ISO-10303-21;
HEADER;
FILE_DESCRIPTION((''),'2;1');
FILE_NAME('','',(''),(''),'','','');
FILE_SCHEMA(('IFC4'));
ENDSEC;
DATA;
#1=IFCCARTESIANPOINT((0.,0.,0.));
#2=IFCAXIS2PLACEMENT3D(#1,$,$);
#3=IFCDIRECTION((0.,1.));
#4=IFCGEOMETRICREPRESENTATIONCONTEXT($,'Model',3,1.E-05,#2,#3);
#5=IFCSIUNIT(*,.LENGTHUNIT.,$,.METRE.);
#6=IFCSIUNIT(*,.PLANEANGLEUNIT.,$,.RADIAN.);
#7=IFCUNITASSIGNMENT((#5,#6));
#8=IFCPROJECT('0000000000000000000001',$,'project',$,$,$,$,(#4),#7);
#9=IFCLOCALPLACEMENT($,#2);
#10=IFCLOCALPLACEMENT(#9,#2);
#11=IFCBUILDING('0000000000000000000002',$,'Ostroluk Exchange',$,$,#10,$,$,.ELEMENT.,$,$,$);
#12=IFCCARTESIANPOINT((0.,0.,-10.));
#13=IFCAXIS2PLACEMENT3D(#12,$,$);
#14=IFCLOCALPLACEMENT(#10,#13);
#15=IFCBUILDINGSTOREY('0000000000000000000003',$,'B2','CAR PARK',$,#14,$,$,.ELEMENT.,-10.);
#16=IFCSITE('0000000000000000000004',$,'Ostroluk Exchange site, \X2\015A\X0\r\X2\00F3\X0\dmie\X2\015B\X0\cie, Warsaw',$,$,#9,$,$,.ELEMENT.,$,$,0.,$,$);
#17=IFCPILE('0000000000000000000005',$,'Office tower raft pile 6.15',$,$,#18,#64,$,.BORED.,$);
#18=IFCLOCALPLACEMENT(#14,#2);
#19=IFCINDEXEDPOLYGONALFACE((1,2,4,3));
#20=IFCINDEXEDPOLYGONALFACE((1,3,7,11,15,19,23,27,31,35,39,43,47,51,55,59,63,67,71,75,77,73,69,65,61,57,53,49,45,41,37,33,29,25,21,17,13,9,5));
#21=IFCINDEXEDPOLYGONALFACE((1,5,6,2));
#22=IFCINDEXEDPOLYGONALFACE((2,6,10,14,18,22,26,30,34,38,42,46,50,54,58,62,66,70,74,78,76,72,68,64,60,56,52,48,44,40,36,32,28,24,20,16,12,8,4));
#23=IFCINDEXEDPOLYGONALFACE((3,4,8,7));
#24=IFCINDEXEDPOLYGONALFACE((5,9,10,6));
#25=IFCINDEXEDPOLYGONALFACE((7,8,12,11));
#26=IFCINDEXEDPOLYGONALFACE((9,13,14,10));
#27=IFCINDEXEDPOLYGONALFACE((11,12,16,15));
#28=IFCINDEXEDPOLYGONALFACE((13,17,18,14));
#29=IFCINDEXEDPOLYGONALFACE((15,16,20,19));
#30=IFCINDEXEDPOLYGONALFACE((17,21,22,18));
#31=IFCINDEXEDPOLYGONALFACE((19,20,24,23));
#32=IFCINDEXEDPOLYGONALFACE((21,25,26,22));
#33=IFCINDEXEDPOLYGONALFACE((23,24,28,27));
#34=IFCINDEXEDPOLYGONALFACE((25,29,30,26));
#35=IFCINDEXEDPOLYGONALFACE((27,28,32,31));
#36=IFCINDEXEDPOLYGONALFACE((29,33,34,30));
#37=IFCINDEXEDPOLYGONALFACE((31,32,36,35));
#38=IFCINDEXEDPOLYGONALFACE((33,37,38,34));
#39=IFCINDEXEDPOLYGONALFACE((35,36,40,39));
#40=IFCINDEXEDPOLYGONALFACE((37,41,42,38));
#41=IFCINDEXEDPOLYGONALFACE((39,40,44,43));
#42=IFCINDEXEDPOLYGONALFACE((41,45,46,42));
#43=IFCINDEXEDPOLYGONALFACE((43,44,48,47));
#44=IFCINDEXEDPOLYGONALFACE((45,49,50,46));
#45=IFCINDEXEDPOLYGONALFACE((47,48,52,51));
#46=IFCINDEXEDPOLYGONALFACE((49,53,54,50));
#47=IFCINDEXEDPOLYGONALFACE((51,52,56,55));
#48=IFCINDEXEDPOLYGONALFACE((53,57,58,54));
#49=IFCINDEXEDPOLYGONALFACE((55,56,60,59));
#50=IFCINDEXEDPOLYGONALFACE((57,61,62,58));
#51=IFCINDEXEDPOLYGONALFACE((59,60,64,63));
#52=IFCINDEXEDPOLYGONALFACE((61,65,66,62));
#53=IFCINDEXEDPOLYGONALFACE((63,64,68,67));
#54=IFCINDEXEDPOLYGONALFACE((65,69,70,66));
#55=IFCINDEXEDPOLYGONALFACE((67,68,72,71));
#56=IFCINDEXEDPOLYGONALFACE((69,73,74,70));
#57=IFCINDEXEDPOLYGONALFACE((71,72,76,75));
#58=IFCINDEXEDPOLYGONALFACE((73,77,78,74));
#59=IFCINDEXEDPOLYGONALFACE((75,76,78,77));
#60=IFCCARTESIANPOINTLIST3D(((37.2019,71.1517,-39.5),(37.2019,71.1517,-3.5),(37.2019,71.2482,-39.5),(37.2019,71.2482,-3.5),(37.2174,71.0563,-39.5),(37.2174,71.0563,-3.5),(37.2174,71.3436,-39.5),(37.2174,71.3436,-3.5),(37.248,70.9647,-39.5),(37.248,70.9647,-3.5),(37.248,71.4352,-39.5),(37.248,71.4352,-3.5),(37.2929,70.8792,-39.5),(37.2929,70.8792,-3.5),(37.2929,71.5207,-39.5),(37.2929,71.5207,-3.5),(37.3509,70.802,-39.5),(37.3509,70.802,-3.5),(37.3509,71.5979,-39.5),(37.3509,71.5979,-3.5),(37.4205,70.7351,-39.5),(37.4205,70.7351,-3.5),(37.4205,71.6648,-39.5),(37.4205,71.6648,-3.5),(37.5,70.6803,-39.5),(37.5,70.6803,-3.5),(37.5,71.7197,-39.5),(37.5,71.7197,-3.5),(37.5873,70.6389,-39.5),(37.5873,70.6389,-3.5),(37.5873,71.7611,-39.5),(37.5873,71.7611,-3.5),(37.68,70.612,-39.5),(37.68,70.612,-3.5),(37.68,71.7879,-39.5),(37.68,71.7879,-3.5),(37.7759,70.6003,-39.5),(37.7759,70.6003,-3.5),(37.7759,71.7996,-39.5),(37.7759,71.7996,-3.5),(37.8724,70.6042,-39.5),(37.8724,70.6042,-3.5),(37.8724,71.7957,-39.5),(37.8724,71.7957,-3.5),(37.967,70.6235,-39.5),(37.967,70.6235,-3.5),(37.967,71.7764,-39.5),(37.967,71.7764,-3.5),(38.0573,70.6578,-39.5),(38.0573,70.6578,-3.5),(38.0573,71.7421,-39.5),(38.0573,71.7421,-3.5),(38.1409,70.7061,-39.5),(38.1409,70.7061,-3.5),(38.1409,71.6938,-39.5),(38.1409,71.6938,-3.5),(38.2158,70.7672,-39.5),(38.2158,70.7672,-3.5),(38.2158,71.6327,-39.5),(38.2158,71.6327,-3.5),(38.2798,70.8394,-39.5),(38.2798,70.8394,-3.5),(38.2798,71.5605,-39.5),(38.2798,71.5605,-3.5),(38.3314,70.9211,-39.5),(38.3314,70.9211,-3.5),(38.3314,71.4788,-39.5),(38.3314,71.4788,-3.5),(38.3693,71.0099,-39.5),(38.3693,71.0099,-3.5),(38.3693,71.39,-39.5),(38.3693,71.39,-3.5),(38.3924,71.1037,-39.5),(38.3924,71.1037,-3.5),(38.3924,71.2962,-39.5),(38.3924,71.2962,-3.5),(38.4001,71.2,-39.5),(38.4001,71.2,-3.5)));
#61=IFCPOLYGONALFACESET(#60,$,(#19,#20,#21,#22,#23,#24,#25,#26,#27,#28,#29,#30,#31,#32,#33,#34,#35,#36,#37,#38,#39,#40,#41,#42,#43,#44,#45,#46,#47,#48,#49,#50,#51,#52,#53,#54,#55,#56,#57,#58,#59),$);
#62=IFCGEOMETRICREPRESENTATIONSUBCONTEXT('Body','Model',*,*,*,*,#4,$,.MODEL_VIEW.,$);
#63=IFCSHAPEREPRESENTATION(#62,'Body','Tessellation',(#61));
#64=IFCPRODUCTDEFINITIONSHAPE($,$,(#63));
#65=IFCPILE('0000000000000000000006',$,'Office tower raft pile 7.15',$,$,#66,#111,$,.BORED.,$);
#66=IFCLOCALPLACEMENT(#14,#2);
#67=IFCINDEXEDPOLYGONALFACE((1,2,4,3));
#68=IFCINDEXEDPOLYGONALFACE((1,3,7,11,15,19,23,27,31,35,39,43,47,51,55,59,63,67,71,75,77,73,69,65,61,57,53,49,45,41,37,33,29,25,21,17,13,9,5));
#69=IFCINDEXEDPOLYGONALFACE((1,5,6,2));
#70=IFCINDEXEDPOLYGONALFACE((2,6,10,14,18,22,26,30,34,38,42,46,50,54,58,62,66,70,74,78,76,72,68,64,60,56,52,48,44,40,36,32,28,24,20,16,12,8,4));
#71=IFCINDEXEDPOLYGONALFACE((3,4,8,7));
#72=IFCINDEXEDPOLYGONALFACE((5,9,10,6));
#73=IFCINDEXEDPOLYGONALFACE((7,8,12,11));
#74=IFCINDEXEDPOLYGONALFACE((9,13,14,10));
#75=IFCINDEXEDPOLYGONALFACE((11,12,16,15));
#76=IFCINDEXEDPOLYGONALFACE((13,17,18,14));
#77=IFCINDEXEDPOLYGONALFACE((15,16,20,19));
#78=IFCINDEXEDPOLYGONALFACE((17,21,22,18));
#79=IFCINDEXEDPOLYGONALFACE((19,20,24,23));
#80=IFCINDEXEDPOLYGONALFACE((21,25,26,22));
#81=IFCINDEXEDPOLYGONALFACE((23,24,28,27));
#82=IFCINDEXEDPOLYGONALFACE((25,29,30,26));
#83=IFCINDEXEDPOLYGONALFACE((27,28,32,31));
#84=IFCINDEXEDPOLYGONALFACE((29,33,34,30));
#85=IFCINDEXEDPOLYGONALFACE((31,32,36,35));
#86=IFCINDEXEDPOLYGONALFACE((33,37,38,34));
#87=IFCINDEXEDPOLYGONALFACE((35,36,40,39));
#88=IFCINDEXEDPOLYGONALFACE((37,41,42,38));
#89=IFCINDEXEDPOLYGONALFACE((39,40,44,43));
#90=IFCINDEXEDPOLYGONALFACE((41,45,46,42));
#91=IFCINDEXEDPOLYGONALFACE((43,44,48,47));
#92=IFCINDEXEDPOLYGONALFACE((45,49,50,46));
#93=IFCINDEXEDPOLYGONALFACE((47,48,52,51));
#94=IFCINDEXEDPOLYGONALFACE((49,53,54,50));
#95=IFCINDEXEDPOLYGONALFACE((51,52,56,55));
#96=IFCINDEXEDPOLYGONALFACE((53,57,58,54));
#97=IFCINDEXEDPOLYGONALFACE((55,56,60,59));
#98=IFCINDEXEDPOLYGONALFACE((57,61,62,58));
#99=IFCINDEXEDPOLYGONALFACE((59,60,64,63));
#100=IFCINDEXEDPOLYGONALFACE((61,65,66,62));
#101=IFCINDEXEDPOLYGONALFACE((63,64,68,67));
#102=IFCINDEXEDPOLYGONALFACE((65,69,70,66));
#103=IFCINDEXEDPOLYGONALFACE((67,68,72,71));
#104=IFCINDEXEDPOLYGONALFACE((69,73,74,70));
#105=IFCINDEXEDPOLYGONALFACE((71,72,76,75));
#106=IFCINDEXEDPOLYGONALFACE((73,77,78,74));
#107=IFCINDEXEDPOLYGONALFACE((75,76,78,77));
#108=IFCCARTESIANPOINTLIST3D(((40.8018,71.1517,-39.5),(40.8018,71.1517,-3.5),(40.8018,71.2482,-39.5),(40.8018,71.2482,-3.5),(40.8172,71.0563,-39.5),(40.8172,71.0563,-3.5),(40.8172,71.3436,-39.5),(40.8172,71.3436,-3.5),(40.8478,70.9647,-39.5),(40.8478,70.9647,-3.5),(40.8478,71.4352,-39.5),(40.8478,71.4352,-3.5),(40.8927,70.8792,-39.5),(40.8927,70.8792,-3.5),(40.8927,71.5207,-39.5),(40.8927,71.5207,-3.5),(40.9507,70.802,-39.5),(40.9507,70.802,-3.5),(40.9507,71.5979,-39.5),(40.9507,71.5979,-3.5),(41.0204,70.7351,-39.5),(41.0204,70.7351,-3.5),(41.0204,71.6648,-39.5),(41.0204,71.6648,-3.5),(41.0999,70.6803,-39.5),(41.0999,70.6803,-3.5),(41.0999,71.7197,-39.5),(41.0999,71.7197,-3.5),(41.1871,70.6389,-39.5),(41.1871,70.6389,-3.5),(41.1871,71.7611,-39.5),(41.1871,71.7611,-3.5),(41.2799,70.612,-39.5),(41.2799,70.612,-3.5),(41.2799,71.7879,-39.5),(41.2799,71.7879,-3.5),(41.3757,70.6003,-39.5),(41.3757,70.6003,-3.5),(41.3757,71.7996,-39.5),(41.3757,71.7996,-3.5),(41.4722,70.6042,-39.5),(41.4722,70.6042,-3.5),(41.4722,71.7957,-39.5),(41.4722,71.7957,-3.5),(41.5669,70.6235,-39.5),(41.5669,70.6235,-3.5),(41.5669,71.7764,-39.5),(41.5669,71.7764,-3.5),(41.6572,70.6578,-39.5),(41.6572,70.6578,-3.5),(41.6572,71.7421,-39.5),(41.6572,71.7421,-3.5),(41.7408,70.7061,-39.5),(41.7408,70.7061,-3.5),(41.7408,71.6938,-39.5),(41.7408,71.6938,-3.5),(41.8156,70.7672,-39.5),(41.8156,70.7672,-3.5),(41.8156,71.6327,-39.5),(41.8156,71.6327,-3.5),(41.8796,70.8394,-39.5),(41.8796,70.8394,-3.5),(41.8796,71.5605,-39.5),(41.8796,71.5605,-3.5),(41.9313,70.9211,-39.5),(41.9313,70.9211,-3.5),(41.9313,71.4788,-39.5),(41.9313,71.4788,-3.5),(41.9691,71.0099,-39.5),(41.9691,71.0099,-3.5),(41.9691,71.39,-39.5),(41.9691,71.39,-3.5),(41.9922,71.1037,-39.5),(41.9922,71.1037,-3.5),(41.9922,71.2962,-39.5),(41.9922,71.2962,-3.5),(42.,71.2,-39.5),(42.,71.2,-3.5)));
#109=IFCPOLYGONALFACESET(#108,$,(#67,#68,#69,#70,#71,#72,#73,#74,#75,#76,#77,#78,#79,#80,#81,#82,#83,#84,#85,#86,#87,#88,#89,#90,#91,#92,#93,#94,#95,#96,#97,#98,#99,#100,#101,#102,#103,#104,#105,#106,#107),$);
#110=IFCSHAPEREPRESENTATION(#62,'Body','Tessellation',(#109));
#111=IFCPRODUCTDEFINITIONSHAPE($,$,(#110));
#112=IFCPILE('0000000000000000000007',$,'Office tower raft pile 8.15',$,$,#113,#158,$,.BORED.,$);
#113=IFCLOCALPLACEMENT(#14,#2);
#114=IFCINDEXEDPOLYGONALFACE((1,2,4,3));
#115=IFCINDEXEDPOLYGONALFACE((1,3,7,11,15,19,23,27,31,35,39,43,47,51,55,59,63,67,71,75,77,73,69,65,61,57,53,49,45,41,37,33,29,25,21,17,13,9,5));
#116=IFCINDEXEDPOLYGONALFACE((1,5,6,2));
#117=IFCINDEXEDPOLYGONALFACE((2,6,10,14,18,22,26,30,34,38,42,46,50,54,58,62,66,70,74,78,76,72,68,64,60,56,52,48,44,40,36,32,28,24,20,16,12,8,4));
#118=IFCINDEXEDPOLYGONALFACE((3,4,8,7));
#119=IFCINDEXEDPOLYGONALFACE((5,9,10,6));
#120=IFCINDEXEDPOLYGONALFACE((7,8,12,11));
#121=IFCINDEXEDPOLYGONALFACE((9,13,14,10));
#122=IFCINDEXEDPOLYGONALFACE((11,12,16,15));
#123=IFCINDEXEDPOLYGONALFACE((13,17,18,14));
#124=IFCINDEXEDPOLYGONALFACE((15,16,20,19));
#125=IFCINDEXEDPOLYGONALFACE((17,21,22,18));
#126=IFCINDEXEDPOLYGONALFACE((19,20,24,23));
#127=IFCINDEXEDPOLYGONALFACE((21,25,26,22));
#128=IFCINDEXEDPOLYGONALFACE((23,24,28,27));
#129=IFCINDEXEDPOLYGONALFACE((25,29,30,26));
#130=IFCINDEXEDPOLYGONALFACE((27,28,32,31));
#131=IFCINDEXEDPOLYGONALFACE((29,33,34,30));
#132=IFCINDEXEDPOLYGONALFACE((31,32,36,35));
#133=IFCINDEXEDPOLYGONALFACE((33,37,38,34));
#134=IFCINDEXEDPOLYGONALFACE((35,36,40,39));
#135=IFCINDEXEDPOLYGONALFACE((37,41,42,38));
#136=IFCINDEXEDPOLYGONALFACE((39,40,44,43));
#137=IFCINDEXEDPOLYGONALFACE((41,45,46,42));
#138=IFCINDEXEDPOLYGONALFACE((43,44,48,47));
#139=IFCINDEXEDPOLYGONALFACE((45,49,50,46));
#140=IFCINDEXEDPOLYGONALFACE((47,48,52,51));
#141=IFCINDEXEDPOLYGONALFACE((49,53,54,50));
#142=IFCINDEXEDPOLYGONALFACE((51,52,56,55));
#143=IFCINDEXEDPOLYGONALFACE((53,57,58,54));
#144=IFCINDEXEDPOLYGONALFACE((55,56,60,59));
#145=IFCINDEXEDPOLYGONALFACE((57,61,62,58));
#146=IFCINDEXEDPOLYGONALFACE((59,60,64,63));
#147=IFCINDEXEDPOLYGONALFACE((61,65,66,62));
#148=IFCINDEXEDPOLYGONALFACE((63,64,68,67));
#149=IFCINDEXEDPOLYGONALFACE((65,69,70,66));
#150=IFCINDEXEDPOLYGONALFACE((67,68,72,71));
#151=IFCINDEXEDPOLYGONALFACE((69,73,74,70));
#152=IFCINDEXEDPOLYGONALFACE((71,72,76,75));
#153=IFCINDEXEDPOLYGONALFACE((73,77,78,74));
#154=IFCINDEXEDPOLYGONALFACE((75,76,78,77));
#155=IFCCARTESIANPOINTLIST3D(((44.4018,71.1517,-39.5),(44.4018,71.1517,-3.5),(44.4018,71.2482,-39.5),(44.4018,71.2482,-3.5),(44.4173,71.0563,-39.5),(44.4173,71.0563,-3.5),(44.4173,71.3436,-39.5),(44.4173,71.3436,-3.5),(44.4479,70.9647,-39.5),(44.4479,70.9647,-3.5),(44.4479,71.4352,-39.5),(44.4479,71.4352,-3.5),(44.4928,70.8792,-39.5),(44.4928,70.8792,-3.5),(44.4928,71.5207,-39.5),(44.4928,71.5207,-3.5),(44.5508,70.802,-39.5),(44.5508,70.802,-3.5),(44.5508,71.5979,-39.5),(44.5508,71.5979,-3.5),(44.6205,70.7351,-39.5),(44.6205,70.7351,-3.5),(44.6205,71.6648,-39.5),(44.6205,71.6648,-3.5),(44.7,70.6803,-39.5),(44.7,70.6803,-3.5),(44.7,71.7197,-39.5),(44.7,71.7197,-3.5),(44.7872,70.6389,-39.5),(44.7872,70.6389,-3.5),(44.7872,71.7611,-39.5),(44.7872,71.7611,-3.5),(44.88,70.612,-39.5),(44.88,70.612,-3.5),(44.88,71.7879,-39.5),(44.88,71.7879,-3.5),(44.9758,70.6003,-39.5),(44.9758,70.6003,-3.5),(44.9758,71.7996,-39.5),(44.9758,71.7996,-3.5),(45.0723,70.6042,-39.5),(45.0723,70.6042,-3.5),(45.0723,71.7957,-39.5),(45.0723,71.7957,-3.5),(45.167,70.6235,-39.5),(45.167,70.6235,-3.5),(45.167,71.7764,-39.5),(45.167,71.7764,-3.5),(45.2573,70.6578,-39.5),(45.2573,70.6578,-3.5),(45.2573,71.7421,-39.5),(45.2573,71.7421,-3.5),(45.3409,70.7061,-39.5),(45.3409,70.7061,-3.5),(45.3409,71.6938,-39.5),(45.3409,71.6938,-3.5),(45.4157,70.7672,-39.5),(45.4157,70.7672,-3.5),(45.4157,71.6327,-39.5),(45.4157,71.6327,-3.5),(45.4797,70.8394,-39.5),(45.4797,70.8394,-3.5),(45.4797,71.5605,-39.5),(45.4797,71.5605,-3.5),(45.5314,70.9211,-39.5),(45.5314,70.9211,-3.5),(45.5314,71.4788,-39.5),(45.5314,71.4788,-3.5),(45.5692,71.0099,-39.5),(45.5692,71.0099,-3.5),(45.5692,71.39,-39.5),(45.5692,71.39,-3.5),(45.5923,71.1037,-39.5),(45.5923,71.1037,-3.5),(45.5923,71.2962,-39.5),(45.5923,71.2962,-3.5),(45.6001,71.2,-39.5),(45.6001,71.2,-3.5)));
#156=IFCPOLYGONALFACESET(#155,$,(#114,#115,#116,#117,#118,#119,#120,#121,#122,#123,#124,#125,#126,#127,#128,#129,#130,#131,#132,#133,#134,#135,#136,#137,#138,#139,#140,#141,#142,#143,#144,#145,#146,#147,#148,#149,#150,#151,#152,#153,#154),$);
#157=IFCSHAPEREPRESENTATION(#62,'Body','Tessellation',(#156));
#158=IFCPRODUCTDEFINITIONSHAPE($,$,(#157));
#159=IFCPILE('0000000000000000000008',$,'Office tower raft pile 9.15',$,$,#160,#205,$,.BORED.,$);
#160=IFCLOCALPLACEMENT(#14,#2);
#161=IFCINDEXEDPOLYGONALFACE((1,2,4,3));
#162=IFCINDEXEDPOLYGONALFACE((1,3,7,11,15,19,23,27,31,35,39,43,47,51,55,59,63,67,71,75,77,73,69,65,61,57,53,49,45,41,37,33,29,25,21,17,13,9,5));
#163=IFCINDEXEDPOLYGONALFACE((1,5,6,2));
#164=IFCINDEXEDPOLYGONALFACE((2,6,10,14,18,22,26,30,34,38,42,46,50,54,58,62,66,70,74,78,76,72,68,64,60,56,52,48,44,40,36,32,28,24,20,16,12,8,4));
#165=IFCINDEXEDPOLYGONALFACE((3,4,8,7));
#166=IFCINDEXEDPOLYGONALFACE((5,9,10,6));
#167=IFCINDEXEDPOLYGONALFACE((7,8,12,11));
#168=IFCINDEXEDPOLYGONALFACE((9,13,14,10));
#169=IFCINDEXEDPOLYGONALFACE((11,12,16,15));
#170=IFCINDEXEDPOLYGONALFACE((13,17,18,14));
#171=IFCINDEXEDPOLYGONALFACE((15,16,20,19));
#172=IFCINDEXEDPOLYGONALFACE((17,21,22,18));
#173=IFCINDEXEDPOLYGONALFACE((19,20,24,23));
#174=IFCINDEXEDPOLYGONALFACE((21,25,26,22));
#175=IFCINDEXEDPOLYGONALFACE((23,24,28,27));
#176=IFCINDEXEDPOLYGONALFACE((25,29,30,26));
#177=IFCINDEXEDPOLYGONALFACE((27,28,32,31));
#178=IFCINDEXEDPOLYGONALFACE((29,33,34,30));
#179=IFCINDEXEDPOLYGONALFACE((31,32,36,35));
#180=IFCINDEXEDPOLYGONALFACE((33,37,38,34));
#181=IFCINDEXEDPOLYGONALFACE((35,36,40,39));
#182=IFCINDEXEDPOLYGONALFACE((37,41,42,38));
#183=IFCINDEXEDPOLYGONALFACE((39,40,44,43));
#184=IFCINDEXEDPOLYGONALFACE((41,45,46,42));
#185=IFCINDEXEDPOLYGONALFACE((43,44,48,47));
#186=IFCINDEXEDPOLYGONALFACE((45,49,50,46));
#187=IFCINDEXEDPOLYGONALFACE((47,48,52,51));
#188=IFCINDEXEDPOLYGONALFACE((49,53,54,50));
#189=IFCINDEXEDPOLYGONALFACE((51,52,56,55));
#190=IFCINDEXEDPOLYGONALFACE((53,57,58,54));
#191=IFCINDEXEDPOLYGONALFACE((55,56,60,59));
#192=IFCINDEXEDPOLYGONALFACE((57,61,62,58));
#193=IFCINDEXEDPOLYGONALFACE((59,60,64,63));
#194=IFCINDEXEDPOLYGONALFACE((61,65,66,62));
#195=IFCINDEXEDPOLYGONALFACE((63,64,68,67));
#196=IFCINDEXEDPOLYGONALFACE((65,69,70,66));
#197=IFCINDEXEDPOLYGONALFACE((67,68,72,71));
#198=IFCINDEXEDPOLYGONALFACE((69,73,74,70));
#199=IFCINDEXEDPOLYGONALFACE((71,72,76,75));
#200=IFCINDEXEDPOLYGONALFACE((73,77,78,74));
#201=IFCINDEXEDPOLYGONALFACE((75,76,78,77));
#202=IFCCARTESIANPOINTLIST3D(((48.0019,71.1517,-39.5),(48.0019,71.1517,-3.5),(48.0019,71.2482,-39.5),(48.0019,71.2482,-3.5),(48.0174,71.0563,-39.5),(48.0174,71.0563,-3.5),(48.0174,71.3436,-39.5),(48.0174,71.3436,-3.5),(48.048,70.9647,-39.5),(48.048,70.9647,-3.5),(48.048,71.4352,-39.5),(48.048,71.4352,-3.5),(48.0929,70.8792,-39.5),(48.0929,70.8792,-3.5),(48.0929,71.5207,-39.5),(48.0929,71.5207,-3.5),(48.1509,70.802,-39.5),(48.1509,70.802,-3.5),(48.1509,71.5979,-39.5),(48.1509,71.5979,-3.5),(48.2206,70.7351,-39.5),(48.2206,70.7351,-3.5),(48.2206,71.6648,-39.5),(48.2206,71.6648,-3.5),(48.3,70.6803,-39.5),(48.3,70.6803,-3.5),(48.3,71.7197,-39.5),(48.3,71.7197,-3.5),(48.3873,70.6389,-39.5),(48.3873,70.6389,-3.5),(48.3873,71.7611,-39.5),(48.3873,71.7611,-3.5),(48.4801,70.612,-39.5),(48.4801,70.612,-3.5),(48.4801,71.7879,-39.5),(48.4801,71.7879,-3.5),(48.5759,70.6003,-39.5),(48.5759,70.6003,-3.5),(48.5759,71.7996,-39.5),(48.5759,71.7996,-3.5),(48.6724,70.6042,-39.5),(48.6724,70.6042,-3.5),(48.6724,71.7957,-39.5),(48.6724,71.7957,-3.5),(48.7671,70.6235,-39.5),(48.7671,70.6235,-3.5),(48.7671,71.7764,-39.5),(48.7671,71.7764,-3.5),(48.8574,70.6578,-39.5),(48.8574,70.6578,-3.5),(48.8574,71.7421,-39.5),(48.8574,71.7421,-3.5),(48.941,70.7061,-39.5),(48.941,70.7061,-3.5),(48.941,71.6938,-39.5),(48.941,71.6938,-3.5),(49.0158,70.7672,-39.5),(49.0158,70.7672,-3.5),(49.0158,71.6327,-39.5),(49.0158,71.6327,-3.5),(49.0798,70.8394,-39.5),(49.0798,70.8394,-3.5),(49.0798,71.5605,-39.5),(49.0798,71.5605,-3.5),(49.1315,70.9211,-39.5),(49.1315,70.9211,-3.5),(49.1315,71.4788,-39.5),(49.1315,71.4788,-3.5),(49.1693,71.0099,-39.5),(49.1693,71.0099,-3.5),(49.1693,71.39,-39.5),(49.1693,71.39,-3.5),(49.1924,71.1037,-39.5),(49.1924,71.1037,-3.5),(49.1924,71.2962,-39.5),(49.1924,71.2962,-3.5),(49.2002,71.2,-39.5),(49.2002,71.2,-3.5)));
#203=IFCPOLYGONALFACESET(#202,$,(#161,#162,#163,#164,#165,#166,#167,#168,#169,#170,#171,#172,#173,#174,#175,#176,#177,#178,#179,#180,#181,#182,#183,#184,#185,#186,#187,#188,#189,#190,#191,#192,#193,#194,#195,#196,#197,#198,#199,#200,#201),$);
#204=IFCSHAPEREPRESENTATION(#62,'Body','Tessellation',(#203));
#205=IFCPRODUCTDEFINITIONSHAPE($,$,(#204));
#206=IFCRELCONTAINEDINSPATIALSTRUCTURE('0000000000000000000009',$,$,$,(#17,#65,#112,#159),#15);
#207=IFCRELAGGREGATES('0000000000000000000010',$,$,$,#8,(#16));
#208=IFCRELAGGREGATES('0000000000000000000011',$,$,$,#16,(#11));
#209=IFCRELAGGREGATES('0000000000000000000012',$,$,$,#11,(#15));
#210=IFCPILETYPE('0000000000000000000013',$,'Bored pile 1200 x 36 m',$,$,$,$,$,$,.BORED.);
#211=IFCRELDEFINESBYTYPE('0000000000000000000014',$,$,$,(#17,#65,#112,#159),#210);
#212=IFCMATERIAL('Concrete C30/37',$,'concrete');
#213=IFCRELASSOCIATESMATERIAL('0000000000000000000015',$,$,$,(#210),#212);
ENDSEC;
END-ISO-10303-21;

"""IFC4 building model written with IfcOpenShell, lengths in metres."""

from ifc_helpers import new_model, si_unit, direction, frame, origin, origin_2d, place, context, subcontext, project, spatial, circle, extrude, material, type_object, element, save


model = new_model("IFC4")

# Units and contexts
model_context = context("Model", 3, precision=1e-05, world=origin(), true_north=direction((0.0, 1.0)))
body_context = subcontext(model_context, "Body", "Model", "MODEL_VIEW")
ifc_project = project(units=[si_unit("LENGTHUNIT", "METRE"), si_unit("PLANEANGLEUNIT", "RADIAN")], contexts=[model_context])

# Site, building, storey
site_placement = place(None, origin())
site = spatial("IfcSite", under=ifc_project, at=site_placement, Name="Ostroluk Exchange site, Śródmieście, Warsaw", CompositionType="ELEMENT", RefElevation=0.0)
building_placement = place(site_placement, origin())
building = spatial("IfcBuilding", under=site, at=building_placement, Name="Ostroluk Exchange", CompositionType="ELEMENT")
storey_placement = place(building_placement, frame((0.0, 0.0, -10.0)))
storey = spatial("IfcBuildingStorey", under=building, at=storey_placement, Name="B2", Description="CAR PARK", CompositionType="ELEMENT", Elevation=-10.0)

# Piles
ifc_material_1 = material(Name="Concrete C30/37", Category="concrete")
pile_type_1 = type_object("IfcPileType", Name="Bored pile 1200 x 36 m", PredefinedType="BORED", material=ifc_material_1)
for number, where, z_axis, x_axis, name in (
    (1, (37.8, 71.2, -3.5), (0.0, 0.0, -1.0), (1.0, 0.0, 0.0), "Office tower raft pile 6.15"),
    (2, (41.3999, 71.2, -3.5), (0.0, 0.0, -1.0), (1.0, 0.0, 0.0), "Office tower raft pile 7.15"),
    (3, (45.0, 71.2, -3.5), (0.0, 0.0, -1.0), (1.0, 0.0, 0.0), "Office tower raft pile 8.15"),
    (4, (48.6001, 71.2, -3.5), (0.0, 0.0, -1.0), (1.0, 0.0, 0.0), "Office tower raft pile 9.15"),
):
    element("IfcPile", number, at=place(storey_placement, frame(where, z_axis=z_axis, x_axis=x_axis)), inside=storey, type_object=pile_type_1, Name=name, PredefinedType="BORED", context=body_context, shape_type="SweptSolid", body=[
        extrude(circle(Radius=0.6001, at=origin_2d()), origin(), (0.0, 0.0, 1.0), 36.0),
    ])

save(model, "model.ifc")
